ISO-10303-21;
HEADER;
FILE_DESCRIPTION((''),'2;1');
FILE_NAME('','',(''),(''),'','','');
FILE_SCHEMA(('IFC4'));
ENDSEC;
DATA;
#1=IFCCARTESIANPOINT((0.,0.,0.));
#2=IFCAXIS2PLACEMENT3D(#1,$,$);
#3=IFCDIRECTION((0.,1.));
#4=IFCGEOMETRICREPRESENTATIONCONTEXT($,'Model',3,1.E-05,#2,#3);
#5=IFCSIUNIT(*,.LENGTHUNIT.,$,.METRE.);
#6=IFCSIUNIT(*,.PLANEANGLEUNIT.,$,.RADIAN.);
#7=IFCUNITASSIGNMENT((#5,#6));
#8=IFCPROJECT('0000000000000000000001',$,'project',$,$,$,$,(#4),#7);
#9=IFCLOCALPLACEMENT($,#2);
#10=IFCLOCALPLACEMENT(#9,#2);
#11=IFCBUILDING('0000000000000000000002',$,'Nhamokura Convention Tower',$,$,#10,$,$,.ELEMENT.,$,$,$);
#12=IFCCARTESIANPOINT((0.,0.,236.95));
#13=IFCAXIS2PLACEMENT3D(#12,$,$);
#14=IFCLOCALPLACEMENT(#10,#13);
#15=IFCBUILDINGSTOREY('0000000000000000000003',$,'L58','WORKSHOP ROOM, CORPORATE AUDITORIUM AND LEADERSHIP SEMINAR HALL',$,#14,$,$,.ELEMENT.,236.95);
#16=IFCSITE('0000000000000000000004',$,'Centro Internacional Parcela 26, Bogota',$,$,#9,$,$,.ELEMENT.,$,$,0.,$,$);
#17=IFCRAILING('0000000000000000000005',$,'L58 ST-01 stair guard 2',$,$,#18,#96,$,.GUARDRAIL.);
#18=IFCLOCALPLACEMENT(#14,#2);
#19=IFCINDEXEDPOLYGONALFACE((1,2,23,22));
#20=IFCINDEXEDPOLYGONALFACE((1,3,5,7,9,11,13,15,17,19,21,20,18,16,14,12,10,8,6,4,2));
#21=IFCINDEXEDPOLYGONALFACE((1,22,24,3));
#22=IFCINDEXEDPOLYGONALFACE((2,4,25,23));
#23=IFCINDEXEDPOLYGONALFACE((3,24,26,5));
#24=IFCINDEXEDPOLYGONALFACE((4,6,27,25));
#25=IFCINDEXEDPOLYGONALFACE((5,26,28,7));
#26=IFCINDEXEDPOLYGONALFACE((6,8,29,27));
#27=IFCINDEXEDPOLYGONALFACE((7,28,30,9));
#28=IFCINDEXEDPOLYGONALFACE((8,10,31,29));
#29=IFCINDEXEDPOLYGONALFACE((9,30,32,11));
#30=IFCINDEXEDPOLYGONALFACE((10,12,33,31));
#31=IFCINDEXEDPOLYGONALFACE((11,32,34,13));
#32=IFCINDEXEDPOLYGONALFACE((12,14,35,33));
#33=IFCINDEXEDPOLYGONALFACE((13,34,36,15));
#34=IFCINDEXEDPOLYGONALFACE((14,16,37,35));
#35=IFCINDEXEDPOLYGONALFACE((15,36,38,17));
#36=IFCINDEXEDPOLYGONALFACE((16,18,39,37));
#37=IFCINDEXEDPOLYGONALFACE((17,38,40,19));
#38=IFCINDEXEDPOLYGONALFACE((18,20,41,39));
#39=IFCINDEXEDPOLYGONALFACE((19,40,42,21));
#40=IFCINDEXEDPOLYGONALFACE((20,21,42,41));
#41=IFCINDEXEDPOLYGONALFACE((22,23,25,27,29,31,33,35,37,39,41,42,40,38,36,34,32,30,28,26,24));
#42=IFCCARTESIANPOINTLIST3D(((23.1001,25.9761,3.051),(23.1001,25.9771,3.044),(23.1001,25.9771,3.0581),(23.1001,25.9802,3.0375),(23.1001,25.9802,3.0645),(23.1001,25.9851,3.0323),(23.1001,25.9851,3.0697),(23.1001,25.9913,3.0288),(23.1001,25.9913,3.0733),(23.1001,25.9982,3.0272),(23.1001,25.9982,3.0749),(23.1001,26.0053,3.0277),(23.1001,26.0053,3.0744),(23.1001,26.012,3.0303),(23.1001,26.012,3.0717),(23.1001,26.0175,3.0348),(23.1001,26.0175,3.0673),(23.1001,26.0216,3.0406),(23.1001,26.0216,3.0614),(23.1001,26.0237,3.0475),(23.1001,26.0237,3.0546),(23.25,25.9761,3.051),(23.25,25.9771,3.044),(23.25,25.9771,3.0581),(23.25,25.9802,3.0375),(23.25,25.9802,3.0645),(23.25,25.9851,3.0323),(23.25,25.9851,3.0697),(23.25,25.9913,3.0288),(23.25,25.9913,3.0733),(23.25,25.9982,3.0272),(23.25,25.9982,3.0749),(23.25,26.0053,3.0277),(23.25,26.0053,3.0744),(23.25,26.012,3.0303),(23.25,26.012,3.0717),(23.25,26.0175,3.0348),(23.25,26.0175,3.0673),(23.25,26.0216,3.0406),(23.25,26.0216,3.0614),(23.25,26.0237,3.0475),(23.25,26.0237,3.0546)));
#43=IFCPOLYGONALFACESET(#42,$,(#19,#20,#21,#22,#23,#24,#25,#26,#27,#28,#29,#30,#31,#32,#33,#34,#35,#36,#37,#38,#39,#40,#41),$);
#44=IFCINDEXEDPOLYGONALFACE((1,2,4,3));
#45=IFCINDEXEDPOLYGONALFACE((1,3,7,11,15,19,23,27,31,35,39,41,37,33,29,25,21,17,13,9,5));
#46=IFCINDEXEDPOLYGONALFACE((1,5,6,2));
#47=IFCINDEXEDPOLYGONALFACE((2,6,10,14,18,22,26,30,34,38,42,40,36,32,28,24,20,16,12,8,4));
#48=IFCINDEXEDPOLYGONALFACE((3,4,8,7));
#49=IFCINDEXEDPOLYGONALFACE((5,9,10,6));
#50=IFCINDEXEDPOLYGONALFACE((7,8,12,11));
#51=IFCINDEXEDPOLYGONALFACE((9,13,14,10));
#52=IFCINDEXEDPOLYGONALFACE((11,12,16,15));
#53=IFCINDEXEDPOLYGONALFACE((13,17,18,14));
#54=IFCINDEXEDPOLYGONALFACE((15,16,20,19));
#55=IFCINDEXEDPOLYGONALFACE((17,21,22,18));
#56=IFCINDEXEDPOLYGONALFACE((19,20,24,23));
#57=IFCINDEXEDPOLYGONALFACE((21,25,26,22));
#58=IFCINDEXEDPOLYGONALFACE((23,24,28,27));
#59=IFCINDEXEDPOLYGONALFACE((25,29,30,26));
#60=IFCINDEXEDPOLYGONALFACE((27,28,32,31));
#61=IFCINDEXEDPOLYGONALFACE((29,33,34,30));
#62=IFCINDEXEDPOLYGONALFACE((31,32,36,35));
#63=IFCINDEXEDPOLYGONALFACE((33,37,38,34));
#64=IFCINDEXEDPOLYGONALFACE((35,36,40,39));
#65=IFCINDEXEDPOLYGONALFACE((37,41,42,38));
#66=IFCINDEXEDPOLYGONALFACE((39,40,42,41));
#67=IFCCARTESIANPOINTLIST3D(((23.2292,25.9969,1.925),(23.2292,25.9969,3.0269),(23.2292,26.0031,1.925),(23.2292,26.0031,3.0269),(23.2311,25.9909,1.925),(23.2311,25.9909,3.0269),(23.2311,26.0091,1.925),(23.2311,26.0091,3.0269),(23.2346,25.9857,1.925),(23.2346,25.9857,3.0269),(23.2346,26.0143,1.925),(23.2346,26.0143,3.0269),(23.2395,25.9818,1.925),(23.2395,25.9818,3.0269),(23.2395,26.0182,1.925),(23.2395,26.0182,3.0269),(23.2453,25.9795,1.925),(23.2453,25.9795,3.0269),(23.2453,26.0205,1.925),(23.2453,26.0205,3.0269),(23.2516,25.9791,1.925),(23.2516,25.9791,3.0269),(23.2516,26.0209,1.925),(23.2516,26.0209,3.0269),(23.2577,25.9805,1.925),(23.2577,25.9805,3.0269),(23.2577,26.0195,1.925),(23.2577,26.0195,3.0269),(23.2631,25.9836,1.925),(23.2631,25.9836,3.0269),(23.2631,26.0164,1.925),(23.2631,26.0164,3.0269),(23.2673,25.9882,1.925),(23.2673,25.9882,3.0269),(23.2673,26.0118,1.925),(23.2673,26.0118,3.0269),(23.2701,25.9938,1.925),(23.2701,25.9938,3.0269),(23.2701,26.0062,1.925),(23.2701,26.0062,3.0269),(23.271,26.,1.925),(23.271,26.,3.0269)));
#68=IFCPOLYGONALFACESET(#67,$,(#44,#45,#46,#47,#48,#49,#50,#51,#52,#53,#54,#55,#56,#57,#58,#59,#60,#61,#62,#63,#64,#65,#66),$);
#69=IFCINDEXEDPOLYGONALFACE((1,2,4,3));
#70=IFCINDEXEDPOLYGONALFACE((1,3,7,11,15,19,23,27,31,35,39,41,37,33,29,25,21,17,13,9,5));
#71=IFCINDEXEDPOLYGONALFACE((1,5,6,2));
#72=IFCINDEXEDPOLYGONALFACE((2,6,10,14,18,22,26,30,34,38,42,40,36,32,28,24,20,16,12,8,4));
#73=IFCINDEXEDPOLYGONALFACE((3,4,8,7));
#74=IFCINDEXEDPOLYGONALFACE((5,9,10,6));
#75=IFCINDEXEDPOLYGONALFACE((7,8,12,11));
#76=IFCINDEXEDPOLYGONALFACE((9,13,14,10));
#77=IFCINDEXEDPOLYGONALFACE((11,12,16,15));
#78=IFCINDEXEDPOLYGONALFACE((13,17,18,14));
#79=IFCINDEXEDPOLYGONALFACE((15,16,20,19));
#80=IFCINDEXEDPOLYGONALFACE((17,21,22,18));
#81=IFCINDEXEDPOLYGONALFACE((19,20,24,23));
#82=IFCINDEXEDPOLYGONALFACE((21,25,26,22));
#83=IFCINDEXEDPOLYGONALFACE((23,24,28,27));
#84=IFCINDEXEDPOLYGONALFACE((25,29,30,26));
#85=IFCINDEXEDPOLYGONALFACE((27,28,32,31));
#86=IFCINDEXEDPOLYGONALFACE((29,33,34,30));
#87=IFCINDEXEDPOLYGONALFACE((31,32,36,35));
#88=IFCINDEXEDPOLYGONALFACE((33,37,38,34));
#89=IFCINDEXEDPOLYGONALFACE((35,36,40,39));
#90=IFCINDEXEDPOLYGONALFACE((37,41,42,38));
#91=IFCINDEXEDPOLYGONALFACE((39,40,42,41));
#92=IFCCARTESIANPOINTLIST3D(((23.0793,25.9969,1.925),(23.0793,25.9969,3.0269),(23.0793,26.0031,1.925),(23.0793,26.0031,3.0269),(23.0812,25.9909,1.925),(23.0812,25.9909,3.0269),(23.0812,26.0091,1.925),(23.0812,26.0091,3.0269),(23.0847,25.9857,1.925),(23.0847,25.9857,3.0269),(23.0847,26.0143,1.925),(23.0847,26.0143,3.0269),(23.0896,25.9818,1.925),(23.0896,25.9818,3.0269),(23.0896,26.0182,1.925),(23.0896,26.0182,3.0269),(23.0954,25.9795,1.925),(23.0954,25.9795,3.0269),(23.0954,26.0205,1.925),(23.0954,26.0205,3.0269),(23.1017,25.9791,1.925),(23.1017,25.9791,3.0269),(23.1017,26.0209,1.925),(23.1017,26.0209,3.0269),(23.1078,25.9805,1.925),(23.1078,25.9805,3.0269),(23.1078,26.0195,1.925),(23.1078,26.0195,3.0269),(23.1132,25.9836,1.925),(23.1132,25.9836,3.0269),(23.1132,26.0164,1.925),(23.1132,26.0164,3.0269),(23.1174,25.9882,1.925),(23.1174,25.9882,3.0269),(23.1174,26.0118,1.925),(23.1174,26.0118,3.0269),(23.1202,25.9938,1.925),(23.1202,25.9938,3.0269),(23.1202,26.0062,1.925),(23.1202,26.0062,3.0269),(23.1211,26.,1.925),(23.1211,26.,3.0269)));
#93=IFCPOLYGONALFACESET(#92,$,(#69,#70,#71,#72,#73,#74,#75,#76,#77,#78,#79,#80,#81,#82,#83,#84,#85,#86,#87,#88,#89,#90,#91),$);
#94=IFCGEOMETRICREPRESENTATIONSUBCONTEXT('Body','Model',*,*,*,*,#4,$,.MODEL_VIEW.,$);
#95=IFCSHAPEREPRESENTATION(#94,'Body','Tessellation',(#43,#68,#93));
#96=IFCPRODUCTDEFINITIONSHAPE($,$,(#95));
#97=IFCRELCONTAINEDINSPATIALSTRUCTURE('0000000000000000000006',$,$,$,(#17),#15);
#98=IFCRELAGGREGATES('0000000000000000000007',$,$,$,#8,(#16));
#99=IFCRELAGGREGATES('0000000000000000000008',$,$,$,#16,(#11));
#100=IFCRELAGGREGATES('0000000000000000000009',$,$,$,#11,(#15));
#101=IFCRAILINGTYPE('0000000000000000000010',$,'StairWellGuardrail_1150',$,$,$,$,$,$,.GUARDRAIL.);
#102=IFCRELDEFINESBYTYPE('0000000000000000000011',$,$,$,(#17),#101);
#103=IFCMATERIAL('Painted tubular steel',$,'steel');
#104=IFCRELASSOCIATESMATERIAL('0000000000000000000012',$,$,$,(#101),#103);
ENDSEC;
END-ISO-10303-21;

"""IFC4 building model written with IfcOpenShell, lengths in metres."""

from ifc_helpers import new_model, si_unit, direction, frame, origin, origin_2d, place, context, subcontext, project, spatial, circle, extrude, material, type_object, element, save


model = new_model("IFC4")

# Units and contexts
model_context = context("Model", 3, precision=1e-05, world=origin(), true_north=direction((0.0, 1.0)))
body_context = subcontext(model_context, "Body", "Model", "MODEL_VIEW")
ifc_project = project(units=[si_unit("LENGTHUNIT", "METRE"), si_unit("PLANEANGLEUNIT", "RADIAN")], contexts=[model_context])

# Site, building, storey
site_placement = place(None, origin())
site = spatial("IfcSite", under=ifc_project, at=site_placement, Name="Centro Internacional Parcela 26, Bogota", CompositionType="ELEMENT", RefElevation=0.0)
building_placement = place(site_placement, origin())
building = spatial("IfcBuilding", under=site, at=building_placement, Name="Nhamokura Convention Tower", CompositionType="ELEMENT")
storey_placement = place(building_placement, frame((0.0, 0.0, 236.95)))
storey = spatial("IfcBuildingStorey", under=building, at=storey_placement, Name="L58", Description="WORKSHOP ROOM, CORPORATE AUDITORIUM AND LEADERSHIP SEMINAR HALL", CompositionType="ELEMENT", Elevation=236.95)

# Railing
ifc_material_1 = material(Name="Painted tubular steel", Category="steel")
railing_type_1 = type_object("IfcRailingType", Name="StairWellGuardrail_1150", PredefinedType="GUARDRAIL", material=ifc_material_1)
railing_1_placement = place(storey_placement, frame((23.25, 26.0, 1.925)))
element("IfcRailing", 1, at=railing_1_placement, inside=storey, type_object=railing_type_1, Name="L58 ST-01 stair guard 2", PredefinedType="GUARDRAIL", context=body_context, shape_type="SweptSolid", body=[
    extrude(circle(Radius=0.0239, at=origin_2d()), frame((0.0, 0.0, 1.126), z_axis=(-1.0, 0.0, 0.0), x_axis=(0.0, -1.0, 0.0)), (0.0, 0.0, 1.0), 0.1499),
    extrude(circle(Radius=0.021, at=origin_2d()), origin(), (0.0, 0.0, 1.0), 1.1018),
    extrude(circle(Radius=0.021, at=origin_2d()), frame((-0.1499, 0.0, 0.0)), (0.0, 0.0, 1.0), 1.1018),
])

save(model, "model.ifc")
